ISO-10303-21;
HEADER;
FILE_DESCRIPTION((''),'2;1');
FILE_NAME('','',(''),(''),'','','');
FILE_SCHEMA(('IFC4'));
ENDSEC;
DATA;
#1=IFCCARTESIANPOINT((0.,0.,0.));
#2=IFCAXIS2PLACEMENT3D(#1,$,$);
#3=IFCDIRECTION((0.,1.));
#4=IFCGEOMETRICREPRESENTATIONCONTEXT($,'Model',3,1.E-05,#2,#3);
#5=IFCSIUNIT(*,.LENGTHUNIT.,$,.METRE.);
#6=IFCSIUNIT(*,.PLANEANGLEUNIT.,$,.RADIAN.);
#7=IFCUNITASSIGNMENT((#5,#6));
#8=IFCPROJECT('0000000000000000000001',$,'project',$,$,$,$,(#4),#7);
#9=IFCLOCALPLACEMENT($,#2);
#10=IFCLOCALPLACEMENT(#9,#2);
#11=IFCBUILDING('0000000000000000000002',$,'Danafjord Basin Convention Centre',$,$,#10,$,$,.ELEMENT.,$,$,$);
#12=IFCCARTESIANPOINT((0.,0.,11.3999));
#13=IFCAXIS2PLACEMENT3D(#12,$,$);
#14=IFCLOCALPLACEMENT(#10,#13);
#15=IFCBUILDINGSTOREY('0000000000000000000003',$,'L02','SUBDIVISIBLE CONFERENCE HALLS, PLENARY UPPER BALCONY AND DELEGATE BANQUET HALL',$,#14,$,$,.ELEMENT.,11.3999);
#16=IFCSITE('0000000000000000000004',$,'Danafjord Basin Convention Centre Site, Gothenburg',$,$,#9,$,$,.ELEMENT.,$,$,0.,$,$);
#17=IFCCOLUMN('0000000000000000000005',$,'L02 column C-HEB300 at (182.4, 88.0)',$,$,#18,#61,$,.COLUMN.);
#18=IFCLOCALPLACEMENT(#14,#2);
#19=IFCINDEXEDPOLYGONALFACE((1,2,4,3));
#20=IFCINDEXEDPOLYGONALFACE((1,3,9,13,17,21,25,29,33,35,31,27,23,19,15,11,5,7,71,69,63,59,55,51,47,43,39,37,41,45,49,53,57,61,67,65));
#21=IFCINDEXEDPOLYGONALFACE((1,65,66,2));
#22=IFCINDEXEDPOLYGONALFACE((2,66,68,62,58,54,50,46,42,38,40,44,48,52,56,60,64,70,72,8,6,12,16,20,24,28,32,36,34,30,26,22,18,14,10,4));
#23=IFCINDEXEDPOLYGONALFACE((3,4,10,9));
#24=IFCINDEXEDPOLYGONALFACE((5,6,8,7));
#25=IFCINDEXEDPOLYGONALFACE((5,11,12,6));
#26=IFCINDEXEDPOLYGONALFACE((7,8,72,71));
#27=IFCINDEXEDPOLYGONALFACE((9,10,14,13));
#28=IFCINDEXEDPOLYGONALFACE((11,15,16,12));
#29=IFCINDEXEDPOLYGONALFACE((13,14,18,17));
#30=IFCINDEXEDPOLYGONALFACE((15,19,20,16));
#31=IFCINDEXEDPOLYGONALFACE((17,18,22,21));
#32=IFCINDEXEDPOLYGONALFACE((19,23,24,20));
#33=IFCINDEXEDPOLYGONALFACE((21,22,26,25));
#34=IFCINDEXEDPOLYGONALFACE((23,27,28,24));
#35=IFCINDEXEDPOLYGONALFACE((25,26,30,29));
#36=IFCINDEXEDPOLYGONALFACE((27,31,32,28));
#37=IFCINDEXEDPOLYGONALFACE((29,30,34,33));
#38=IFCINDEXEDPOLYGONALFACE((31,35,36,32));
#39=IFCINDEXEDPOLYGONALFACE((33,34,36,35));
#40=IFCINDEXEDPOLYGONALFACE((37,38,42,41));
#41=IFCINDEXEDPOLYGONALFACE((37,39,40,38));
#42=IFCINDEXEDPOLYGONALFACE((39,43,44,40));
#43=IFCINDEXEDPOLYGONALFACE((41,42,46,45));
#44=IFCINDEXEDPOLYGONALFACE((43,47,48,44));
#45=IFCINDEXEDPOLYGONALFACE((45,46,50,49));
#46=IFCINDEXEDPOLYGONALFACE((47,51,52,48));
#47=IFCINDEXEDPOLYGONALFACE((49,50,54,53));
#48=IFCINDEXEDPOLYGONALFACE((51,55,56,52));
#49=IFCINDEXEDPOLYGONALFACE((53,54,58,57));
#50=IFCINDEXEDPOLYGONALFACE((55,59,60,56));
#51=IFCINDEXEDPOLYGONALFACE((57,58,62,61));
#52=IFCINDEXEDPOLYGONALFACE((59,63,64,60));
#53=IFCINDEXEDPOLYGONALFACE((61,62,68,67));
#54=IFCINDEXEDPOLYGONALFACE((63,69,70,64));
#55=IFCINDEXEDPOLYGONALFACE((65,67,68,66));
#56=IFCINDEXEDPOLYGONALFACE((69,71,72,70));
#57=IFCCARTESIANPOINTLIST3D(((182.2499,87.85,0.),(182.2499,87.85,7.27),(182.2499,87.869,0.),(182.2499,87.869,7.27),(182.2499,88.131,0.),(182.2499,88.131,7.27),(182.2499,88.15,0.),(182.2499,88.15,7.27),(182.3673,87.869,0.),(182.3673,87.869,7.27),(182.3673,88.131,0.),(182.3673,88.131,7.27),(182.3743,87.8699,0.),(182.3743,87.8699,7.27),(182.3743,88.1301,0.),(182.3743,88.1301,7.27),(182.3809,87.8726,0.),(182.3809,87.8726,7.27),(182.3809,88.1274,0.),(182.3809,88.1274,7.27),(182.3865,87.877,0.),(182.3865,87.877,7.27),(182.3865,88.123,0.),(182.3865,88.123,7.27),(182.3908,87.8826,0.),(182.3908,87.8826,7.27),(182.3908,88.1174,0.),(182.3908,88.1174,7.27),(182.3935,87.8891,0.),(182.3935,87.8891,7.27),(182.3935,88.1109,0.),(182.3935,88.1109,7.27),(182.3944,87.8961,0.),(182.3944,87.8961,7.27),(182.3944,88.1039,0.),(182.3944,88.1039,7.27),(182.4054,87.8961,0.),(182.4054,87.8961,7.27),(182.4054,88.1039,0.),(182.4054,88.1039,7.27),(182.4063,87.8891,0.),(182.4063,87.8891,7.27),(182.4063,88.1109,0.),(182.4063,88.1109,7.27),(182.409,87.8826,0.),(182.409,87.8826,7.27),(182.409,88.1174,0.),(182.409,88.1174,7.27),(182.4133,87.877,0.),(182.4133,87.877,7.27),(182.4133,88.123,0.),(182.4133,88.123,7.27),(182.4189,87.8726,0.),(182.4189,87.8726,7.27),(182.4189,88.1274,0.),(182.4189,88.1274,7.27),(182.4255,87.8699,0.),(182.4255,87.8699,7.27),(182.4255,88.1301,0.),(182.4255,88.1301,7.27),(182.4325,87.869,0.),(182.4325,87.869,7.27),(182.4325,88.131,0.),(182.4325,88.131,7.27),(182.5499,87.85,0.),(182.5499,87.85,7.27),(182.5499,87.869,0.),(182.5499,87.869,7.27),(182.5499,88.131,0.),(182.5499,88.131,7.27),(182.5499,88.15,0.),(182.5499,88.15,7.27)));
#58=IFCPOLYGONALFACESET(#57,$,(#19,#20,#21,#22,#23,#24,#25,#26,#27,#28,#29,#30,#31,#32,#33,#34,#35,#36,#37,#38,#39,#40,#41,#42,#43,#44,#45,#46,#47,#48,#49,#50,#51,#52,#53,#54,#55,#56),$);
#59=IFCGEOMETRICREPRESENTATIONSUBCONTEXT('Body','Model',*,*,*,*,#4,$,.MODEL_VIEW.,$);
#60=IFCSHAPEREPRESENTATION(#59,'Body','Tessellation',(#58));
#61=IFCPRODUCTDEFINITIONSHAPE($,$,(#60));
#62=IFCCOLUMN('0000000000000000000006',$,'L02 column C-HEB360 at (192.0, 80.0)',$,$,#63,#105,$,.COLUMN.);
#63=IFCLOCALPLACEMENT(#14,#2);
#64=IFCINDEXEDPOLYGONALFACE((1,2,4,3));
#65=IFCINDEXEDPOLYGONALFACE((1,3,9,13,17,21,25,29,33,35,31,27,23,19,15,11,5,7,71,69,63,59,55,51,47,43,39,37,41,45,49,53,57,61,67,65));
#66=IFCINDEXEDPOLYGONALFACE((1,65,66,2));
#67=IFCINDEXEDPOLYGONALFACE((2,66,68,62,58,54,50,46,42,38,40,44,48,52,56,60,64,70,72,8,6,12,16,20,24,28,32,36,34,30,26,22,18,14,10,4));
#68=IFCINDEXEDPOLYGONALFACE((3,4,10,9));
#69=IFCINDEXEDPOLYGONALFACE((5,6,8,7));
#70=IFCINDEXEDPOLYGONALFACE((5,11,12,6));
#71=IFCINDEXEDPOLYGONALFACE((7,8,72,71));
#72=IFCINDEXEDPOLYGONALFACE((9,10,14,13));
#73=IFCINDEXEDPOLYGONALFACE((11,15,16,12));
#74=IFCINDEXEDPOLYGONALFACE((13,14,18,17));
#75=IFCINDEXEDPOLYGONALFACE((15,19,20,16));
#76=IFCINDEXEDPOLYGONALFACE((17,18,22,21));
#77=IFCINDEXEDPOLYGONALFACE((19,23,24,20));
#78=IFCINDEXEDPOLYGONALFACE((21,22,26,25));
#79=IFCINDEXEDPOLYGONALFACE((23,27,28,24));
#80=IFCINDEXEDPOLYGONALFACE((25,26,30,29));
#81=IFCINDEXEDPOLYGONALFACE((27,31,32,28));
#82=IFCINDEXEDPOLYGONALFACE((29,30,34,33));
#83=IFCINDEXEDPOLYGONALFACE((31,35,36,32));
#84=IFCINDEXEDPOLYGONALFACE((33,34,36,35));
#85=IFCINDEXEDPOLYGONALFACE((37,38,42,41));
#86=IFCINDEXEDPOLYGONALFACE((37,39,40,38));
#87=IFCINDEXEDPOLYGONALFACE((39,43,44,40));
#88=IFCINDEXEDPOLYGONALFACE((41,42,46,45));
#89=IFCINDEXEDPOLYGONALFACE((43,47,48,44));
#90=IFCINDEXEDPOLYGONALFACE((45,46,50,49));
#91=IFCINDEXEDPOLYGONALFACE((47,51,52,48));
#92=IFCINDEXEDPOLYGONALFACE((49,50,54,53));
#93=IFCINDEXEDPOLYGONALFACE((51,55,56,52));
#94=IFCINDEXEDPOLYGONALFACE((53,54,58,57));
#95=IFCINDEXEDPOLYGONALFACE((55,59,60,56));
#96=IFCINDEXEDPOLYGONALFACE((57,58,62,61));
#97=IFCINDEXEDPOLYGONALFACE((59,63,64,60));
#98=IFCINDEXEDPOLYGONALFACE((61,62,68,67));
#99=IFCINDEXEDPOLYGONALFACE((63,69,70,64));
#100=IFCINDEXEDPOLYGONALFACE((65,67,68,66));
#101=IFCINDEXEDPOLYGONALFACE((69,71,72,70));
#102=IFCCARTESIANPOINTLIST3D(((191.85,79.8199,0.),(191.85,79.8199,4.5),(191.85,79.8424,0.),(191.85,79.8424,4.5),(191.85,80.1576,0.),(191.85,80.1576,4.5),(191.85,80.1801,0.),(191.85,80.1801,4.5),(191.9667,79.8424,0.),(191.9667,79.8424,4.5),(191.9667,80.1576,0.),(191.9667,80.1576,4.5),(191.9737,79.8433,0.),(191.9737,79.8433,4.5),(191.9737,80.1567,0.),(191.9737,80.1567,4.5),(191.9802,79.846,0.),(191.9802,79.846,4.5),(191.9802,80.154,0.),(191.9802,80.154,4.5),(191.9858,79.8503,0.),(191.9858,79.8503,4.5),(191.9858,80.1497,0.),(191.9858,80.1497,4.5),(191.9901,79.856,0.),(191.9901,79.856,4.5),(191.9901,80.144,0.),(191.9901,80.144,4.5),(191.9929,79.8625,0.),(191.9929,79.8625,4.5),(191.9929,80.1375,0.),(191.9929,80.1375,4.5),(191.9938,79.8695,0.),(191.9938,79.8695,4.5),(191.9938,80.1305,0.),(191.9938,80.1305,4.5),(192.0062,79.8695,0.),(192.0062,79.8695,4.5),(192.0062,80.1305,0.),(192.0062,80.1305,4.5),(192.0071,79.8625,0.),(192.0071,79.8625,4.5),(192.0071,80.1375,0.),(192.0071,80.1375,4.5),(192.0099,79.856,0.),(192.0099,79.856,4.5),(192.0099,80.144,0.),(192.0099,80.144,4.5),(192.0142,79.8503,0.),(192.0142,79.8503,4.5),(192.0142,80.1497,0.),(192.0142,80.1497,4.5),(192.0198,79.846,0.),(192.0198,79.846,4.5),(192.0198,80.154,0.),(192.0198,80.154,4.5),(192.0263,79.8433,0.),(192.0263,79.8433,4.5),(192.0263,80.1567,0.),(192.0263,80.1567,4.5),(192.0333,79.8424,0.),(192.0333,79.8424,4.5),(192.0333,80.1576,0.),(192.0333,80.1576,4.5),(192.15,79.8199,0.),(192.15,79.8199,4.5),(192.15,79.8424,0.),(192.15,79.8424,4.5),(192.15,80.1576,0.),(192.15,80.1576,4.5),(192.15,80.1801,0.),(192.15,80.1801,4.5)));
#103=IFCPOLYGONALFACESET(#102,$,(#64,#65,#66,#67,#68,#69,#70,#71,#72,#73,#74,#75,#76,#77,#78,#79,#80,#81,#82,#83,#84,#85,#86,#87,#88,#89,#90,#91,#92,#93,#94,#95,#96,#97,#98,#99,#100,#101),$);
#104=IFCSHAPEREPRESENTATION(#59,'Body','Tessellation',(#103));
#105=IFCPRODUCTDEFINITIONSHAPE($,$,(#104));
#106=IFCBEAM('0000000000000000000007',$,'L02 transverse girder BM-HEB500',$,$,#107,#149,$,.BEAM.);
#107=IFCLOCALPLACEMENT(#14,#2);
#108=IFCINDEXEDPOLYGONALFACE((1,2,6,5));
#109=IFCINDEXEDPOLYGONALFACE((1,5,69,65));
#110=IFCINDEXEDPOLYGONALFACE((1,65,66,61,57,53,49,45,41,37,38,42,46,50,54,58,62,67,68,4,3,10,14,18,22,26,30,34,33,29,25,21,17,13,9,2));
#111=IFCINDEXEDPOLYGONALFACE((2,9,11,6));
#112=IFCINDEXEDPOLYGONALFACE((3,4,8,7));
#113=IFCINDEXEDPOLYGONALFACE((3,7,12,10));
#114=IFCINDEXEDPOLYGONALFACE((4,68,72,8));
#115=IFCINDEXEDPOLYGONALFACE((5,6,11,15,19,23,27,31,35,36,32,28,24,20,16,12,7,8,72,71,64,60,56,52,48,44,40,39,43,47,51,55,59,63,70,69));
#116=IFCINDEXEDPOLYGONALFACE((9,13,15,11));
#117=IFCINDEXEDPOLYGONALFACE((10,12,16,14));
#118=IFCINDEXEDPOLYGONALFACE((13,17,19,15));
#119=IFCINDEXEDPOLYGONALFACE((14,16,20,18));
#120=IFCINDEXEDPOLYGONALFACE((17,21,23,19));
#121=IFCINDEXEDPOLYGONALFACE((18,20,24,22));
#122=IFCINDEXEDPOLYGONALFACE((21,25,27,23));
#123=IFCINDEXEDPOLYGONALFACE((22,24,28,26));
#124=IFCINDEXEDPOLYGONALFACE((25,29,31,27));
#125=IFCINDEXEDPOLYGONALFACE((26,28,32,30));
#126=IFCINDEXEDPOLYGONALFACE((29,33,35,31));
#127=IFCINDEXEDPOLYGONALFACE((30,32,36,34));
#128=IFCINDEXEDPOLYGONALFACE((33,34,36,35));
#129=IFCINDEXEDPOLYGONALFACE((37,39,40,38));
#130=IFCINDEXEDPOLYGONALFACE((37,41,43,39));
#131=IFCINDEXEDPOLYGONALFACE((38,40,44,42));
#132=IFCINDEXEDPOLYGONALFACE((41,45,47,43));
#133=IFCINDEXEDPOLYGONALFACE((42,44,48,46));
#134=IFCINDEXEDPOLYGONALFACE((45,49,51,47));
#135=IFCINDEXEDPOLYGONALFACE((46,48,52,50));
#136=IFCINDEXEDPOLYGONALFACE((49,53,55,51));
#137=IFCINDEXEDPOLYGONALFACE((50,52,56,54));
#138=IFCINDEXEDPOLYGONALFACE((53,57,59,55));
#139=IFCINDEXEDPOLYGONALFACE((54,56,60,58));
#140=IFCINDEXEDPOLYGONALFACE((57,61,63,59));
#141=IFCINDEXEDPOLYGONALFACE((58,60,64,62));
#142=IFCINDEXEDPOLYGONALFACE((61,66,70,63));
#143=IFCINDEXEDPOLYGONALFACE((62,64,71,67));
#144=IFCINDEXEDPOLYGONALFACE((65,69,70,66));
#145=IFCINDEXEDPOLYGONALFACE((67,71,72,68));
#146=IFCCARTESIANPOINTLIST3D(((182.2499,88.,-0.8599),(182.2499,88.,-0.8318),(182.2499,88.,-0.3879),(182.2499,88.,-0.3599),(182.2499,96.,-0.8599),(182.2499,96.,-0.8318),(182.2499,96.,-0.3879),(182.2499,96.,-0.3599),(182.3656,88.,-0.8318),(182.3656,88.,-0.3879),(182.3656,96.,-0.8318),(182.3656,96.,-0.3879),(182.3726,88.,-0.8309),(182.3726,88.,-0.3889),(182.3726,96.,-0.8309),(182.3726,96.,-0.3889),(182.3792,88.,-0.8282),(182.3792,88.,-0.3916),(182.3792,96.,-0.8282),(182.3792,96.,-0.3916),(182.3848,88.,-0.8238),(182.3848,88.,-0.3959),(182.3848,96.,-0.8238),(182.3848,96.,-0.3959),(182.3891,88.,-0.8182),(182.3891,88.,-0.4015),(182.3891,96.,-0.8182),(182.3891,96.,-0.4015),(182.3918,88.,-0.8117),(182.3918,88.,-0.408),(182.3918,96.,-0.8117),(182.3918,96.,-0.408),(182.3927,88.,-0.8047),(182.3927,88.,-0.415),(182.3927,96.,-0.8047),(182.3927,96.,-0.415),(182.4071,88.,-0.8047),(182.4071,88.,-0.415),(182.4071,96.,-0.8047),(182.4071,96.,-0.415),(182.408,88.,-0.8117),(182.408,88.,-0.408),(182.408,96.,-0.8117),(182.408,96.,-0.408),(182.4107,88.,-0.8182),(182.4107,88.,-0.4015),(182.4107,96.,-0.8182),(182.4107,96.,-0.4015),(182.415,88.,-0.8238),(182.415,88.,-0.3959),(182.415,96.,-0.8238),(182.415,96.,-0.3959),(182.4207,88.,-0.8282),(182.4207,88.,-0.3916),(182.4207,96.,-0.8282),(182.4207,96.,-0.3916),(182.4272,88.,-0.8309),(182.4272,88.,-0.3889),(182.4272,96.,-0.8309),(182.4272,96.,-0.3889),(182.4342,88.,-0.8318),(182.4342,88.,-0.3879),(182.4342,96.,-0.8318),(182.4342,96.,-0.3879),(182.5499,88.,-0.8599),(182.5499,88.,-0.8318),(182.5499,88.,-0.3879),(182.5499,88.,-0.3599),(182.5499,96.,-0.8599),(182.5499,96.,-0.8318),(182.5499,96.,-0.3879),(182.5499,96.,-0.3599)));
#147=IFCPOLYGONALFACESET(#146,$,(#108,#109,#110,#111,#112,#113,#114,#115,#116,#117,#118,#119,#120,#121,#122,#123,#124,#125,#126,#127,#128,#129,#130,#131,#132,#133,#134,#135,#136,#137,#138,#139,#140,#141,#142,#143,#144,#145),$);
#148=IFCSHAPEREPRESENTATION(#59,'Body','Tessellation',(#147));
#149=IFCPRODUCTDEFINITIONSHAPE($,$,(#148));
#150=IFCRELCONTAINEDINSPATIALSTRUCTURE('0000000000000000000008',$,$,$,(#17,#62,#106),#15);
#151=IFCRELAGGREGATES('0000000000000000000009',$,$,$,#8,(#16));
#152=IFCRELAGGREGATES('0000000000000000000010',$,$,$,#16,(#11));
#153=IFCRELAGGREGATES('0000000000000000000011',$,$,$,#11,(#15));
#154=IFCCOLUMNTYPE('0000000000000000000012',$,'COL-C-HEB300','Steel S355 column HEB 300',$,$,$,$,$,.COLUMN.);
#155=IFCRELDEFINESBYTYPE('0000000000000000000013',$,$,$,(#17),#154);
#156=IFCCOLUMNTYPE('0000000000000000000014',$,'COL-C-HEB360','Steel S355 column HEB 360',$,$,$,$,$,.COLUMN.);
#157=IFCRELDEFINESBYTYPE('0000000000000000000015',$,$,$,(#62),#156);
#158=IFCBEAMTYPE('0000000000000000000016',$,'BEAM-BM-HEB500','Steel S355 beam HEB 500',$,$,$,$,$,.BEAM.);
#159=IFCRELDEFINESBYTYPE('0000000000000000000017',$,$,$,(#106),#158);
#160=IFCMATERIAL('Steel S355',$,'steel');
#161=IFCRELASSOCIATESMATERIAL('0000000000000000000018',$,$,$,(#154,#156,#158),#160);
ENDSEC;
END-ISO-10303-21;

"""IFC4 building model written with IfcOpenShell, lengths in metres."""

from ifc_helpers import new_model, si_unit, direction, frame, origin, origin_2d, place, context, subcontext, project, spatial, i_section, extrude, material, material_profile, profile_set, type_object, element, save


model = new_model("IFC4")

# Units and contexts
model_context = context("Model", 3, precision=1e-05, world=origin(), true_north=direction((0.0, 1.0)))
body_context = subcontext(model_context, "Body", "Model", "MODEL_VIEW")
ifc_project = project(units=[si_unit("LENGTHUNIT", "METRE"), si_unit("PLANEANGLEUNIT", "RADIAN")], contexts=[model_context])

# Site, building, storey
site_placement = place(None, origin())
site = spatial("IfcSite", under=ifc_project, at=site_placement, Name="Danafjord Basin Convention Centre Site, Gothenburg", CompositionType="ELEMENT", RefElevation=0.0)
building_placement = place(site_placement, origin())
building = spatial("IfcBuilding", under=site, at=building_placement, Name="Danafjord Basin Convention Centre", CompositionType="ELEMENT")
storey_placement = place(building_placement, frame((0.0, 0.0, 11.3999)))
storey = spatial("IfcBuildingStorey", under=building, at=storey_placement, Name="L02", Description="SUBDIVISIBLE CONFERENCE HALLS, PLENARY UPPER BALCONY AND DELEGATE BANQUET HALL", CompositionType="ELEMENT", Elevation=11.3999)

# Columns
ifc_material = material(Name="Steel S355", Category="steel")
ifc_material_profile_1 = material_profile(ifc_material, i_section(OverallWidth=0.3, OverallDepth=0.3, WebThickness=0.011, FlangeThickness=0.019, FilletRadius=0.0271, at=origin_2d()), Name="HEB 300")
ifc_profile_set_1 = profile_set([ifc_material_profile_1], Name="Steel S355")
column_type_1 = type_object("IfcColumnType", Name="COL-C-HEB300", Description="Steel S355 column HEB 300", PredefinedType="COLUMN", material=ifc_profile_set_1)
column_1_placement = place(storey_placement, frame((182.3999, 88.0, 0.0), z_axis=(0.0, 0.0, 1.0), x_axis=(1.0, 0.0, 0.0)))
element("IfcColumn", 1, at=column_1_placement, inside=storey, type_object=column_type_1, Name="L02 column C-HEB300 at (182.4, 88.0)", PredefinedType="COLUMN", context=body_context, shape_type="SweptSolid", body=[
    extrude(i_section(OverallWidth=0.3, OverallDepth=0.3, WebThickness=0.011, FlangeThickness=0.019, FilletRadius=0.0271, at=origin_2d()), origin(), (0.0, 0.0, 1.0), 7.27),
])
ifc_material_profile_2 = material_profile(ifc_material, i_section(OverallWidth=0.3, OverallDepth=0.3601, WebThickness=0.0125, FlangeThickness=0.0225, FilletRadius=0.0271, at=origin_2d()), Name="HEB 360")
ifc_profile_set_2 = profile_set([ifc_material_profile_2], Name="Steel S355")
column_type_2 = type_object("IfcColumnType", Name="COL-C-HEB360", Description="Steel S355 column HEB 360", PredefinedType="COLUMN", material=ifc_profile_set_2)
column_2_placement = place(storey_placement, frame((192.0, 80.0, 0.0), z_axis=(0.0, 0.0, 1.0), x_axis=(1.0, 0.0, 0.0)))
element("IfcColumn", 2, at=column_2_placement, inside=storey, type_object=column_type_2, Name="L02 column C-HEB360 at (192.0, 80.0)", PredefinedType="COLUMN", context=body_context, shape_type="SweptSolid", body=[
    extrude(i_section(OverallWidth=0.3, OverallDepth=0.3601, WebThickness=0.0125, FlangeThickness=0.0225, FilletRadius=0.0271, at=origin_2d()), origin(), (0.0, 0.0, 1.0), 4.5),
])

# Beam
ifc_material_profile_3 = material_profile(ifc_material, i_section(OverallWidth=0.3, OverallDepth=0.5, WebThickness=0.0144, FlangeThickness=0.0281, FilletRadius=0.0271, at=origin_2d()), Name="HEB 500")
ifc_profile_set_3 = profile_set([ifc_material_profile_3], Name="Steel S355")
beam_type_1 = type_object("IfcBeamType", Name="BEAM-BM-HEB500", Description="Steel S355 beam HEB 500", PredefinedType="BEAM", material=ifc_profile_set_3)
beam_1_placement = place(storey_placement, frame((182.3999, 88.0, -0.6099), z_axis=(0.0, 1.0, 0.0), x_axis=(-1.0, 0.0, 0.0)))
element("IfcBeam", 3, at=beam_1_placement, inside=storey, type_object=beam_type_1, Name="L02 transverse girder BM-HEB500", PredefinedType="BEAM", context=body_context, shape_type="SweptSolid", body=[
    extrude(i_section(OverallWidth=0.3, OverallDepth=0.5, WebThickness=0.0144, FlangeThickness=0.0281, FilletRadius=0.0271, at=origin_2d()), origin(), (0.0, 0.0, 1.0), 8.0),
])

save(model, "model.ifc")
